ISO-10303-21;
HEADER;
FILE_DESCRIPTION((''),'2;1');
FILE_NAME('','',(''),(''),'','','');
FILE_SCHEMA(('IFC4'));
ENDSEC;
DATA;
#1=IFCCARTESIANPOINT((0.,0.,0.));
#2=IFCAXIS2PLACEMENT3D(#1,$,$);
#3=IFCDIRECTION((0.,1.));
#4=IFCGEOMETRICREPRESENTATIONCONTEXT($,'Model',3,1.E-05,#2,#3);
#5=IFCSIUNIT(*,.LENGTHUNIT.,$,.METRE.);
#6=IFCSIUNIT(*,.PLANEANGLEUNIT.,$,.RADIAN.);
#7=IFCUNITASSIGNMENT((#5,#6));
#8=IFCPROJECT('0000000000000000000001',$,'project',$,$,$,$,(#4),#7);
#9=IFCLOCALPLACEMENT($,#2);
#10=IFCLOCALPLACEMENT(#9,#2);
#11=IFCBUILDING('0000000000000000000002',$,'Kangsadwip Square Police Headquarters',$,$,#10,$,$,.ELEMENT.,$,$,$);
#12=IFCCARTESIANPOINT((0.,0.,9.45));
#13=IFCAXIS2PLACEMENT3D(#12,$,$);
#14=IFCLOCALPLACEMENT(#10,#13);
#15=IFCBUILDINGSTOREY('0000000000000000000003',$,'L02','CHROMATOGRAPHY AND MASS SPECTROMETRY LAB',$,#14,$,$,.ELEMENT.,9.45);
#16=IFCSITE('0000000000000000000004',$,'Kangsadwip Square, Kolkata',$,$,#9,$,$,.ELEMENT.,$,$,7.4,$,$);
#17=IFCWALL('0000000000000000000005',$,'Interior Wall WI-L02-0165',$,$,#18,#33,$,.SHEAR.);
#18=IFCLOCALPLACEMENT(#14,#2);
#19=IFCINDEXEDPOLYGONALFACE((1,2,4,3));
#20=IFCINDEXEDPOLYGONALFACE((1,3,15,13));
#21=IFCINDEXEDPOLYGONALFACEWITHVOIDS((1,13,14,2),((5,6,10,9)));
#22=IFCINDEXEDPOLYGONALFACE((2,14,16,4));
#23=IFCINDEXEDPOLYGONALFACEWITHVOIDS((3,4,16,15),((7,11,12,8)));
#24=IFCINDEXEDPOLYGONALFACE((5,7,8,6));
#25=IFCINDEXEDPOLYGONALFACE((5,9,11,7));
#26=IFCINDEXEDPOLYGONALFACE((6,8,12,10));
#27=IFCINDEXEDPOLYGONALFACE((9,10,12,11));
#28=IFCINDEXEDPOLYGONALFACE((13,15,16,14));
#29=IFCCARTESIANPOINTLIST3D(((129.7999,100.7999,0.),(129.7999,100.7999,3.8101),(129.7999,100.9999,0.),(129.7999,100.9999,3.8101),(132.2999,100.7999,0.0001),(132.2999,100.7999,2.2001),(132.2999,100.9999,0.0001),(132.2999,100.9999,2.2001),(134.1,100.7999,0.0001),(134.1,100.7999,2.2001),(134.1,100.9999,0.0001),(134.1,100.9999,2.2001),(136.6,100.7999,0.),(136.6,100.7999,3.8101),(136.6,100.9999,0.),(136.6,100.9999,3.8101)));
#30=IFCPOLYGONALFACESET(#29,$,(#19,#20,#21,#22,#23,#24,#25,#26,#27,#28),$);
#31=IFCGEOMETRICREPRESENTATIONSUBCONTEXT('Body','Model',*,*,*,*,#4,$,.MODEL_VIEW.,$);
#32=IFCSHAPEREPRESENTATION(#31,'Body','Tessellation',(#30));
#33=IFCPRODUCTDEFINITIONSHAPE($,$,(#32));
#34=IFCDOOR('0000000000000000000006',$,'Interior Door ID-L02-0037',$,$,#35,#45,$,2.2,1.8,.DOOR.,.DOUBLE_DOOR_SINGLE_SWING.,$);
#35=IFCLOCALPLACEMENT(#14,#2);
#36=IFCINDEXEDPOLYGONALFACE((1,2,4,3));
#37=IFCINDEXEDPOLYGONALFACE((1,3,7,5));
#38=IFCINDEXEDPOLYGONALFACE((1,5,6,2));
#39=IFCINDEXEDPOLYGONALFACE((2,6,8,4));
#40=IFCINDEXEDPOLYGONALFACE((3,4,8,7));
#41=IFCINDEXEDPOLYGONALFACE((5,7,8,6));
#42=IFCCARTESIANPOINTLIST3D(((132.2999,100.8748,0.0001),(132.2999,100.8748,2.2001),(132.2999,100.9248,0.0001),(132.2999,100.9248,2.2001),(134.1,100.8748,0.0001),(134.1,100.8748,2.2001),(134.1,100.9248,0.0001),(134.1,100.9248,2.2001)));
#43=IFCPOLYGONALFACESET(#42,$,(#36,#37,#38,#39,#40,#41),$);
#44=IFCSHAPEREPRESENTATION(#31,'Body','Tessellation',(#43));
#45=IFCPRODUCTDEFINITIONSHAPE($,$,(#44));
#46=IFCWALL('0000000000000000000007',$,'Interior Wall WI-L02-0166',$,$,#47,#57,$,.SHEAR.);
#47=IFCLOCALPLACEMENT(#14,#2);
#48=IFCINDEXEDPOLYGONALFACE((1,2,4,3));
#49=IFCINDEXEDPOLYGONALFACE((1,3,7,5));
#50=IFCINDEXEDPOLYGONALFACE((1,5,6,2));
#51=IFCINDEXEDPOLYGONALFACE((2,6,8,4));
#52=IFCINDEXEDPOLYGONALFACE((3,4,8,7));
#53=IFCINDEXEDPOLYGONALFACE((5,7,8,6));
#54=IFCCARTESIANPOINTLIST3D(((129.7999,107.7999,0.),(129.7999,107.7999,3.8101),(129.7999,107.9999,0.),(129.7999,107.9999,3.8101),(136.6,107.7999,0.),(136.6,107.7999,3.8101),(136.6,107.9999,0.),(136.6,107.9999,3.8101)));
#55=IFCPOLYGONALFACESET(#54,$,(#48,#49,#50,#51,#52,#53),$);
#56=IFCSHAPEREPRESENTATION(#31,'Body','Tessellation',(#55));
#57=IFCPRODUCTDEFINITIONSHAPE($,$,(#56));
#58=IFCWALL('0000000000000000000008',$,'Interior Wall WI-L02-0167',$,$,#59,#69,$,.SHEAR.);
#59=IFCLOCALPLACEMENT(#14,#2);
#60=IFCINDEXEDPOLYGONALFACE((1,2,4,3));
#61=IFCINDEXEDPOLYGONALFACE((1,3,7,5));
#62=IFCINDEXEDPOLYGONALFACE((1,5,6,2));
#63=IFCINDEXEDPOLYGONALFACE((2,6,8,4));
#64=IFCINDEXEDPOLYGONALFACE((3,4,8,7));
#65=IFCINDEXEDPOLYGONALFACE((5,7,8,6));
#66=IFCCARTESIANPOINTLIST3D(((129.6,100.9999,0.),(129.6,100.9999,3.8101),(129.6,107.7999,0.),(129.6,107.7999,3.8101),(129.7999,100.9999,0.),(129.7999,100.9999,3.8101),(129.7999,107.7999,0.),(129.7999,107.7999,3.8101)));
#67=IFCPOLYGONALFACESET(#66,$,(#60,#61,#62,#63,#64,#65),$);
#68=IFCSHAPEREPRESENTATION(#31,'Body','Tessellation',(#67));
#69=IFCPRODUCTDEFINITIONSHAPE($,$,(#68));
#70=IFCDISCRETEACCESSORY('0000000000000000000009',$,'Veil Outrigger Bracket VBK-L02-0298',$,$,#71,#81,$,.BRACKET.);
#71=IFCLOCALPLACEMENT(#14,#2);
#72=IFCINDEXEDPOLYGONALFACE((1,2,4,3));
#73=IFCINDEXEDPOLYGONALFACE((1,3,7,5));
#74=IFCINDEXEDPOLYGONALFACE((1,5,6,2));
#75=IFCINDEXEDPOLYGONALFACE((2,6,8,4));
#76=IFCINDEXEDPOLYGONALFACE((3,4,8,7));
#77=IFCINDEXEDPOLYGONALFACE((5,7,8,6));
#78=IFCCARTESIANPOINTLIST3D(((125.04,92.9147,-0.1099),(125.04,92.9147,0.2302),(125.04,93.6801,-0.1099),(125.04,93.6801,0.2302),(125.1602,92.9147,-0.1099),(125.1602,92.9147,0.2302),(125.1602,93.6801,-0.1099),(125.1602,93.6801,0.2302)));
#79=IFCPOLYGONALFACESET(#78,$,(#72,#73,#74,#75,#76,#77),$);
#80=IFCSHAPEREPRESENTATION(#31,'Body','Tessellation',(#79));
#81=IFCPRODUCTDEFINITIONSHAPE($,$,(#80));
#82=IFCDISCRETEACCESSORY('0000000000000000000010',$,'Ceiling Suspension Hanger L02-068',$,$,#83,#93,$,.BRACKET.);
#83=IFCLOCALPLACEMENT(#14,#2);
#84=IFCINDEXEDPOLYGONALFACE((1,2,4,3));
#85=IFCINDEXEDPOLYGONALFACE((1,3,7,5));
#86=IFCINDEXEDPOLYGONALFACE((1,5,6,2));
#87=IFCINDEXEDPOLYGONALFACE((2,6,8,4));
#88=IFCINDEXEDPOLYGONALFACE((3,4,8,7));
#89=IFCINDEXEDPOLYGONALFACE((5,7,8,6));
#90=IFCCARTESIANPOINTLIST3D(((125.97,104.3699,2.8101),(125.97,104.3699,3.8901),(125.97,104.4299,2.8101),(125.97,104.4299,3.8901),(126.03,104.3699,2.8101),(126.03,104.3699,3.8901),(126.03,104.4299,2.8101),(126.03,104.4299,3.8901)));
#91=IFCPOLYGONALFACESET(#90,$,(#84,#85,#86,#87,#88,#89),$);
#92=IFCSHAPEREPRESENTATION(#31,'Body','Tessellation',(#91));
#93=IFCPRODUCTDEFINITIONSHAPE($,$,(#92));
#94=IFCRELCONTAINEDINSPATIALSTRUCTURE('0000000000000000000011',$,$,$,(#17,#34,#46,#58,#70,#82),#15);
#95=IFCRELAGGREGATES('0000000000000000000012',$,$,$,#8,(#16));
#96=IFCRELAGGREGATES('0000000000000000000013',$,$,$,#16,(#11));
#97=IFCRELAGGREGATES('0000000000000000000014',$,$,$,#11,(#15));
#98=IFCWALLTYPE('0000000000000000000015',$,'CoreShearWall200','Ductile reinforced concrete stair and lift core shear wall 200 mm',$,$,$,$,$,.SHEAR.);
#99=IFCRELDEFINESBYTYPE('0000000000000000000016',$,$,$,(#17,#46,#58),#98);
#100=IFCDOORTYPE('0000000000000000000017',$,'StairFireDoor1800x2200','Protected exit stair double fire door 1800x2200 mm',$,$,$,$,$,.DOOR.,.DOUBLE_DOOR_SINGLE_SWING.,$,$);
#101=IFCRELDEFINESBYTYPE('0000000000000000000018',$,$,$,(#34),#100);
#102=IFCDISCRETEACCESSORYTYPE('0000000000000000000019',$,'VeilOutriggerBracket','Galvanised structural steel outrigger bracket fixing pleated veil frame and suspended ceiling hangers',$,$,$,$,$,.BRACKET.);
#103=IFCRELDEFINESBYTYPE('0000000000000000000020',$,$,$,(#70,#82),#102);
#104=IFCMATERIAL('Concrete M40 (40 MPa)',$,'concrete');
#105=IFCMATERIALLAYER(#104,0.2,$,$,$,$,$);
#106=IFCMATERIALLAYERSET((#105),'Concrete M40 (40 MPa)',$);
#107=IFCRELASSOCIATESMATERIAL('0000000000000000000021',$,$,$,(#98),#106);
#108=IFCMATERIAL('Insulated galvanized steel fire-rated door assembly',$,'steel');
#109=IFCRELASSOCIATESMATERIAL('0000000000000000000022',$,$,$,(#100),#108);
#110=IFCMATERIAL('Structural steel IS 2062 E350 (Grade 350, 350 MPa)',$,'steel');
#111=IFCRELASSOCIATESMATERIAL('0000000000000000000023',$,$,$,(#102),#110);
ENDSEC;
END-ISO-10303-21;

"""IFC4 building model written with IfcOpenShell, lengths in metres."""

from ifc_helpers import new_model, si_unit, direction, frame, frame_2d, origin, origin_2d, place, context, subcontext, project, spatial, rectangle, extrude, material, layer, layer_set, type_object, element, fill, save


model = new_model("IFC4")

# Units and contexts
model_context = context("Model", 3, precision=1e-05, world=origin(), true_north=direction((0.0, 1.0)))
body_context = subcontext(model_context, "Body", "Model", "MODEL_VIEW")
ifc_project = project(units=[si_unit("LENGTHUNIT", "METRE"), si_unit("PLANEANGLEUNIT", "RADIAN")], contexts=[model_context])

# Site, building, storey
site_placement = place(None, origin())
site = spatial("IfcSite", under=ifc_project, at=site_placement, Name="Kangsadwip Square, Kolkata", CompositionType="ELEMENT", RefElevation=7.4)
building_placement = place(site_placement, origin())
building = spatial("IfcBuilding", under=site, at=building_placement, Name="Kangsadwip Square Police Headquarters", CompositionType="ELEMENT")
storey_placement = place(building_placement, frame((0.0, 0.0, 9.45)))
storey = spatial("IfcBuildingStorey", under=building, at=storey_placement, Name="L02", Description="CHROMATOGRAPHY AND MASS SPECTROMETRY LAB", CompositionType="ELEMENT", Elevation=9.45)

# Wall, opening, door
ifc_material_1 = material(Name="Concrete M40 (40 MPa)", Category="concrete")
ifc_layer_1 = layer(ifc_material_1, 0.2)
ifc_layer_set_1 = layer_set([ifc_layer_1], Name="Concrete M40 (40 MPa)")
wall_type = type_object("IfcWallType", Name="CoreShearWall200", Description="Ductile reinforced concrete stair and lift core shear wall 200 mm", PredefinedType="SHEAR", material=ifc_layer_set_1)
wall_placement = place(storey_placement, frame((129.8, 100.8999, 0.0), z_axis=(0.0, 0.0, 1.0), x_axis=(1.0, 0.0, 0.0)))
wall = element("IfcWall", 1, at=wall_placement, inside=storey, type_object=wall_type, Name="Interior Wall WI-L02-0165", PredefinedType="SHEAR", context=body_context, shape_type="SweptSolid", body=[
    extrude(rectangle(XDim=6.8, YDim=0.2, at=frame_2d((3.3999, 0.0))), origin(), (0.0, 0.0, 1.0), 3.8101),
])
opening_placement = place(wall_placement, frame((2.5, 0.0, 0.0)))
opening = element("IfcOpeningElement", 2, at=opening_placement, cuts=wall, PredefinedType="OPENING", context=body_context, shape_type="SweptSolid", body=[
    extrude(rectangle(XDim=1.8, YDim=2.2, at=frame_2d((0.8999, 1.1001))), frame((0.0, 0.1099, 0.0), z_axis=(0.0, -1.0, 0.0), x_axis=(1.0, 0.0, 0.0)), (0.0, 0.0, 1.0), 0.22),
])
ifc_material_2 = material(Name="Insulated galvanized steel fire-rated door assembly", Category="steel")
door_type = type_object("IfcDoorType", Name="StairFireDoor1800x2200", Description="Protected exit stair double fire door 1800x2200 mm", OperationType="DOUBLE_DOOR_SINGLE_SWING", PredefinedType="DOOR", material=ifc_material_2)
door_placement = place(opening_placement, origin())
door = element("IfcDoor", 3, at=door_placement, inside=storey, type_object=door_type, Name="Interior Door ID-L02-0037", OperationType="DOUBLE_DOOR_SINGLE_SWING", OverallHeight=2.2, OverallWidth=1.8, PredefinedType="DOOR", context=body_context, shape_type="SweptSolid", body=[
    extrude(rectangle(XDim=1.8, YDim=2.2, at=frame_2d((0.8999, 1.1001))), frame((0.0, 0.0249, 0.0), z_axis=(0.0, -1.0, 0.0), x_axis=(1.0, 0.0, 0.0)), (0.0, 0.0, 1.0), 0.05),
])
fill(opening, door)

# Walls
for number, where, z_axis, x_axis, name in (
    (4, (129.8, 107.8999, 0.0), (0.0, 0.0, 1.0), (1.0, 0.0, 0.0), "Interior Wall WI-L02-0166"),
    (5, (129.7, 101.0, 0.0), (0.0, 0.0, 1.0), (0.0, 1.0, 0.0), "Interior Wall WI-L02-0167"),
):
    element("IfcWall", number, at=place(storey_placement, frame(where, z_axis=z_axis, x_axis=x_axis)), inside=storey, type_object=wall_type, Name=name, PredefinedType="SHEAR", context=body_context, shape_type="SweptSolid", body=[
        extrude(rectangle(XDim=6.8, YDim=0.2, at=frame_2d((3.3999, 0.0))), origin(), (0.0, 0.0, 1.0), 3.8101),
    ])

# Discrete accessories
ifc_material_3 = material(Name="Structural steel IS 2062 E350 (Grade 350, 350 MPa)", Category="steel")
discrete_accessory_type = type_object("IfcDiscreteAccessoryType", Name="VeilOutriggerBracket", Description="Galvanised structural steel outrigger bracket fixing pleated veil frame and suspended ceiling hangers", PredefinedType="BRACKET", material=ifc_material_3)
discrete_accessory_1_placement = place(storey_placement, frame((125.1001, 93.2974, -0.1099), z_axis=(0.0, 0.0, 1.0), x_axis=(1.0, 0.0, 0.0)))
element("IfcDiscreteAccessory", 6, at=discrete_accessory_1_placement, inside=storey, type_object=discrete_accessory_type, Name="Veil Outrigger Bracket VBK-L02-0298", PredefinedType="BRACKET", context=body_context, shape_type="SweptSolid", body=[
    extrude(rectangle(XDim=0.1201, YDim=0.7654, at=origin_2d()), origin(), (0.0, 0.0, 1.0), 0.3401),
])
discrete_accessory_2_placement = place(storey_placement, frame((126.0, 104.3999, 2.8101), z_axis=(0.0, 0.0, 1.0), x_axis=(1.0, 0.0, 0.0)))
element("IfcDiscreteAccessory", 7, at=discrete_accessory_2_placement, inside=storey, type_object=discrete_accessory_type, Name="Ceiling Suspension Hanger L02-068", PredefinedType="BRACKET", context=body_context, shape_type="SweptSolid", body=[
    extrude(rectangle(XDim=0.0601, YDim=0.0601, at=origin_2d()), origin(), (0.0, 0.0, 1.0), 1.0801),
])

save(model, "model.ifc")
